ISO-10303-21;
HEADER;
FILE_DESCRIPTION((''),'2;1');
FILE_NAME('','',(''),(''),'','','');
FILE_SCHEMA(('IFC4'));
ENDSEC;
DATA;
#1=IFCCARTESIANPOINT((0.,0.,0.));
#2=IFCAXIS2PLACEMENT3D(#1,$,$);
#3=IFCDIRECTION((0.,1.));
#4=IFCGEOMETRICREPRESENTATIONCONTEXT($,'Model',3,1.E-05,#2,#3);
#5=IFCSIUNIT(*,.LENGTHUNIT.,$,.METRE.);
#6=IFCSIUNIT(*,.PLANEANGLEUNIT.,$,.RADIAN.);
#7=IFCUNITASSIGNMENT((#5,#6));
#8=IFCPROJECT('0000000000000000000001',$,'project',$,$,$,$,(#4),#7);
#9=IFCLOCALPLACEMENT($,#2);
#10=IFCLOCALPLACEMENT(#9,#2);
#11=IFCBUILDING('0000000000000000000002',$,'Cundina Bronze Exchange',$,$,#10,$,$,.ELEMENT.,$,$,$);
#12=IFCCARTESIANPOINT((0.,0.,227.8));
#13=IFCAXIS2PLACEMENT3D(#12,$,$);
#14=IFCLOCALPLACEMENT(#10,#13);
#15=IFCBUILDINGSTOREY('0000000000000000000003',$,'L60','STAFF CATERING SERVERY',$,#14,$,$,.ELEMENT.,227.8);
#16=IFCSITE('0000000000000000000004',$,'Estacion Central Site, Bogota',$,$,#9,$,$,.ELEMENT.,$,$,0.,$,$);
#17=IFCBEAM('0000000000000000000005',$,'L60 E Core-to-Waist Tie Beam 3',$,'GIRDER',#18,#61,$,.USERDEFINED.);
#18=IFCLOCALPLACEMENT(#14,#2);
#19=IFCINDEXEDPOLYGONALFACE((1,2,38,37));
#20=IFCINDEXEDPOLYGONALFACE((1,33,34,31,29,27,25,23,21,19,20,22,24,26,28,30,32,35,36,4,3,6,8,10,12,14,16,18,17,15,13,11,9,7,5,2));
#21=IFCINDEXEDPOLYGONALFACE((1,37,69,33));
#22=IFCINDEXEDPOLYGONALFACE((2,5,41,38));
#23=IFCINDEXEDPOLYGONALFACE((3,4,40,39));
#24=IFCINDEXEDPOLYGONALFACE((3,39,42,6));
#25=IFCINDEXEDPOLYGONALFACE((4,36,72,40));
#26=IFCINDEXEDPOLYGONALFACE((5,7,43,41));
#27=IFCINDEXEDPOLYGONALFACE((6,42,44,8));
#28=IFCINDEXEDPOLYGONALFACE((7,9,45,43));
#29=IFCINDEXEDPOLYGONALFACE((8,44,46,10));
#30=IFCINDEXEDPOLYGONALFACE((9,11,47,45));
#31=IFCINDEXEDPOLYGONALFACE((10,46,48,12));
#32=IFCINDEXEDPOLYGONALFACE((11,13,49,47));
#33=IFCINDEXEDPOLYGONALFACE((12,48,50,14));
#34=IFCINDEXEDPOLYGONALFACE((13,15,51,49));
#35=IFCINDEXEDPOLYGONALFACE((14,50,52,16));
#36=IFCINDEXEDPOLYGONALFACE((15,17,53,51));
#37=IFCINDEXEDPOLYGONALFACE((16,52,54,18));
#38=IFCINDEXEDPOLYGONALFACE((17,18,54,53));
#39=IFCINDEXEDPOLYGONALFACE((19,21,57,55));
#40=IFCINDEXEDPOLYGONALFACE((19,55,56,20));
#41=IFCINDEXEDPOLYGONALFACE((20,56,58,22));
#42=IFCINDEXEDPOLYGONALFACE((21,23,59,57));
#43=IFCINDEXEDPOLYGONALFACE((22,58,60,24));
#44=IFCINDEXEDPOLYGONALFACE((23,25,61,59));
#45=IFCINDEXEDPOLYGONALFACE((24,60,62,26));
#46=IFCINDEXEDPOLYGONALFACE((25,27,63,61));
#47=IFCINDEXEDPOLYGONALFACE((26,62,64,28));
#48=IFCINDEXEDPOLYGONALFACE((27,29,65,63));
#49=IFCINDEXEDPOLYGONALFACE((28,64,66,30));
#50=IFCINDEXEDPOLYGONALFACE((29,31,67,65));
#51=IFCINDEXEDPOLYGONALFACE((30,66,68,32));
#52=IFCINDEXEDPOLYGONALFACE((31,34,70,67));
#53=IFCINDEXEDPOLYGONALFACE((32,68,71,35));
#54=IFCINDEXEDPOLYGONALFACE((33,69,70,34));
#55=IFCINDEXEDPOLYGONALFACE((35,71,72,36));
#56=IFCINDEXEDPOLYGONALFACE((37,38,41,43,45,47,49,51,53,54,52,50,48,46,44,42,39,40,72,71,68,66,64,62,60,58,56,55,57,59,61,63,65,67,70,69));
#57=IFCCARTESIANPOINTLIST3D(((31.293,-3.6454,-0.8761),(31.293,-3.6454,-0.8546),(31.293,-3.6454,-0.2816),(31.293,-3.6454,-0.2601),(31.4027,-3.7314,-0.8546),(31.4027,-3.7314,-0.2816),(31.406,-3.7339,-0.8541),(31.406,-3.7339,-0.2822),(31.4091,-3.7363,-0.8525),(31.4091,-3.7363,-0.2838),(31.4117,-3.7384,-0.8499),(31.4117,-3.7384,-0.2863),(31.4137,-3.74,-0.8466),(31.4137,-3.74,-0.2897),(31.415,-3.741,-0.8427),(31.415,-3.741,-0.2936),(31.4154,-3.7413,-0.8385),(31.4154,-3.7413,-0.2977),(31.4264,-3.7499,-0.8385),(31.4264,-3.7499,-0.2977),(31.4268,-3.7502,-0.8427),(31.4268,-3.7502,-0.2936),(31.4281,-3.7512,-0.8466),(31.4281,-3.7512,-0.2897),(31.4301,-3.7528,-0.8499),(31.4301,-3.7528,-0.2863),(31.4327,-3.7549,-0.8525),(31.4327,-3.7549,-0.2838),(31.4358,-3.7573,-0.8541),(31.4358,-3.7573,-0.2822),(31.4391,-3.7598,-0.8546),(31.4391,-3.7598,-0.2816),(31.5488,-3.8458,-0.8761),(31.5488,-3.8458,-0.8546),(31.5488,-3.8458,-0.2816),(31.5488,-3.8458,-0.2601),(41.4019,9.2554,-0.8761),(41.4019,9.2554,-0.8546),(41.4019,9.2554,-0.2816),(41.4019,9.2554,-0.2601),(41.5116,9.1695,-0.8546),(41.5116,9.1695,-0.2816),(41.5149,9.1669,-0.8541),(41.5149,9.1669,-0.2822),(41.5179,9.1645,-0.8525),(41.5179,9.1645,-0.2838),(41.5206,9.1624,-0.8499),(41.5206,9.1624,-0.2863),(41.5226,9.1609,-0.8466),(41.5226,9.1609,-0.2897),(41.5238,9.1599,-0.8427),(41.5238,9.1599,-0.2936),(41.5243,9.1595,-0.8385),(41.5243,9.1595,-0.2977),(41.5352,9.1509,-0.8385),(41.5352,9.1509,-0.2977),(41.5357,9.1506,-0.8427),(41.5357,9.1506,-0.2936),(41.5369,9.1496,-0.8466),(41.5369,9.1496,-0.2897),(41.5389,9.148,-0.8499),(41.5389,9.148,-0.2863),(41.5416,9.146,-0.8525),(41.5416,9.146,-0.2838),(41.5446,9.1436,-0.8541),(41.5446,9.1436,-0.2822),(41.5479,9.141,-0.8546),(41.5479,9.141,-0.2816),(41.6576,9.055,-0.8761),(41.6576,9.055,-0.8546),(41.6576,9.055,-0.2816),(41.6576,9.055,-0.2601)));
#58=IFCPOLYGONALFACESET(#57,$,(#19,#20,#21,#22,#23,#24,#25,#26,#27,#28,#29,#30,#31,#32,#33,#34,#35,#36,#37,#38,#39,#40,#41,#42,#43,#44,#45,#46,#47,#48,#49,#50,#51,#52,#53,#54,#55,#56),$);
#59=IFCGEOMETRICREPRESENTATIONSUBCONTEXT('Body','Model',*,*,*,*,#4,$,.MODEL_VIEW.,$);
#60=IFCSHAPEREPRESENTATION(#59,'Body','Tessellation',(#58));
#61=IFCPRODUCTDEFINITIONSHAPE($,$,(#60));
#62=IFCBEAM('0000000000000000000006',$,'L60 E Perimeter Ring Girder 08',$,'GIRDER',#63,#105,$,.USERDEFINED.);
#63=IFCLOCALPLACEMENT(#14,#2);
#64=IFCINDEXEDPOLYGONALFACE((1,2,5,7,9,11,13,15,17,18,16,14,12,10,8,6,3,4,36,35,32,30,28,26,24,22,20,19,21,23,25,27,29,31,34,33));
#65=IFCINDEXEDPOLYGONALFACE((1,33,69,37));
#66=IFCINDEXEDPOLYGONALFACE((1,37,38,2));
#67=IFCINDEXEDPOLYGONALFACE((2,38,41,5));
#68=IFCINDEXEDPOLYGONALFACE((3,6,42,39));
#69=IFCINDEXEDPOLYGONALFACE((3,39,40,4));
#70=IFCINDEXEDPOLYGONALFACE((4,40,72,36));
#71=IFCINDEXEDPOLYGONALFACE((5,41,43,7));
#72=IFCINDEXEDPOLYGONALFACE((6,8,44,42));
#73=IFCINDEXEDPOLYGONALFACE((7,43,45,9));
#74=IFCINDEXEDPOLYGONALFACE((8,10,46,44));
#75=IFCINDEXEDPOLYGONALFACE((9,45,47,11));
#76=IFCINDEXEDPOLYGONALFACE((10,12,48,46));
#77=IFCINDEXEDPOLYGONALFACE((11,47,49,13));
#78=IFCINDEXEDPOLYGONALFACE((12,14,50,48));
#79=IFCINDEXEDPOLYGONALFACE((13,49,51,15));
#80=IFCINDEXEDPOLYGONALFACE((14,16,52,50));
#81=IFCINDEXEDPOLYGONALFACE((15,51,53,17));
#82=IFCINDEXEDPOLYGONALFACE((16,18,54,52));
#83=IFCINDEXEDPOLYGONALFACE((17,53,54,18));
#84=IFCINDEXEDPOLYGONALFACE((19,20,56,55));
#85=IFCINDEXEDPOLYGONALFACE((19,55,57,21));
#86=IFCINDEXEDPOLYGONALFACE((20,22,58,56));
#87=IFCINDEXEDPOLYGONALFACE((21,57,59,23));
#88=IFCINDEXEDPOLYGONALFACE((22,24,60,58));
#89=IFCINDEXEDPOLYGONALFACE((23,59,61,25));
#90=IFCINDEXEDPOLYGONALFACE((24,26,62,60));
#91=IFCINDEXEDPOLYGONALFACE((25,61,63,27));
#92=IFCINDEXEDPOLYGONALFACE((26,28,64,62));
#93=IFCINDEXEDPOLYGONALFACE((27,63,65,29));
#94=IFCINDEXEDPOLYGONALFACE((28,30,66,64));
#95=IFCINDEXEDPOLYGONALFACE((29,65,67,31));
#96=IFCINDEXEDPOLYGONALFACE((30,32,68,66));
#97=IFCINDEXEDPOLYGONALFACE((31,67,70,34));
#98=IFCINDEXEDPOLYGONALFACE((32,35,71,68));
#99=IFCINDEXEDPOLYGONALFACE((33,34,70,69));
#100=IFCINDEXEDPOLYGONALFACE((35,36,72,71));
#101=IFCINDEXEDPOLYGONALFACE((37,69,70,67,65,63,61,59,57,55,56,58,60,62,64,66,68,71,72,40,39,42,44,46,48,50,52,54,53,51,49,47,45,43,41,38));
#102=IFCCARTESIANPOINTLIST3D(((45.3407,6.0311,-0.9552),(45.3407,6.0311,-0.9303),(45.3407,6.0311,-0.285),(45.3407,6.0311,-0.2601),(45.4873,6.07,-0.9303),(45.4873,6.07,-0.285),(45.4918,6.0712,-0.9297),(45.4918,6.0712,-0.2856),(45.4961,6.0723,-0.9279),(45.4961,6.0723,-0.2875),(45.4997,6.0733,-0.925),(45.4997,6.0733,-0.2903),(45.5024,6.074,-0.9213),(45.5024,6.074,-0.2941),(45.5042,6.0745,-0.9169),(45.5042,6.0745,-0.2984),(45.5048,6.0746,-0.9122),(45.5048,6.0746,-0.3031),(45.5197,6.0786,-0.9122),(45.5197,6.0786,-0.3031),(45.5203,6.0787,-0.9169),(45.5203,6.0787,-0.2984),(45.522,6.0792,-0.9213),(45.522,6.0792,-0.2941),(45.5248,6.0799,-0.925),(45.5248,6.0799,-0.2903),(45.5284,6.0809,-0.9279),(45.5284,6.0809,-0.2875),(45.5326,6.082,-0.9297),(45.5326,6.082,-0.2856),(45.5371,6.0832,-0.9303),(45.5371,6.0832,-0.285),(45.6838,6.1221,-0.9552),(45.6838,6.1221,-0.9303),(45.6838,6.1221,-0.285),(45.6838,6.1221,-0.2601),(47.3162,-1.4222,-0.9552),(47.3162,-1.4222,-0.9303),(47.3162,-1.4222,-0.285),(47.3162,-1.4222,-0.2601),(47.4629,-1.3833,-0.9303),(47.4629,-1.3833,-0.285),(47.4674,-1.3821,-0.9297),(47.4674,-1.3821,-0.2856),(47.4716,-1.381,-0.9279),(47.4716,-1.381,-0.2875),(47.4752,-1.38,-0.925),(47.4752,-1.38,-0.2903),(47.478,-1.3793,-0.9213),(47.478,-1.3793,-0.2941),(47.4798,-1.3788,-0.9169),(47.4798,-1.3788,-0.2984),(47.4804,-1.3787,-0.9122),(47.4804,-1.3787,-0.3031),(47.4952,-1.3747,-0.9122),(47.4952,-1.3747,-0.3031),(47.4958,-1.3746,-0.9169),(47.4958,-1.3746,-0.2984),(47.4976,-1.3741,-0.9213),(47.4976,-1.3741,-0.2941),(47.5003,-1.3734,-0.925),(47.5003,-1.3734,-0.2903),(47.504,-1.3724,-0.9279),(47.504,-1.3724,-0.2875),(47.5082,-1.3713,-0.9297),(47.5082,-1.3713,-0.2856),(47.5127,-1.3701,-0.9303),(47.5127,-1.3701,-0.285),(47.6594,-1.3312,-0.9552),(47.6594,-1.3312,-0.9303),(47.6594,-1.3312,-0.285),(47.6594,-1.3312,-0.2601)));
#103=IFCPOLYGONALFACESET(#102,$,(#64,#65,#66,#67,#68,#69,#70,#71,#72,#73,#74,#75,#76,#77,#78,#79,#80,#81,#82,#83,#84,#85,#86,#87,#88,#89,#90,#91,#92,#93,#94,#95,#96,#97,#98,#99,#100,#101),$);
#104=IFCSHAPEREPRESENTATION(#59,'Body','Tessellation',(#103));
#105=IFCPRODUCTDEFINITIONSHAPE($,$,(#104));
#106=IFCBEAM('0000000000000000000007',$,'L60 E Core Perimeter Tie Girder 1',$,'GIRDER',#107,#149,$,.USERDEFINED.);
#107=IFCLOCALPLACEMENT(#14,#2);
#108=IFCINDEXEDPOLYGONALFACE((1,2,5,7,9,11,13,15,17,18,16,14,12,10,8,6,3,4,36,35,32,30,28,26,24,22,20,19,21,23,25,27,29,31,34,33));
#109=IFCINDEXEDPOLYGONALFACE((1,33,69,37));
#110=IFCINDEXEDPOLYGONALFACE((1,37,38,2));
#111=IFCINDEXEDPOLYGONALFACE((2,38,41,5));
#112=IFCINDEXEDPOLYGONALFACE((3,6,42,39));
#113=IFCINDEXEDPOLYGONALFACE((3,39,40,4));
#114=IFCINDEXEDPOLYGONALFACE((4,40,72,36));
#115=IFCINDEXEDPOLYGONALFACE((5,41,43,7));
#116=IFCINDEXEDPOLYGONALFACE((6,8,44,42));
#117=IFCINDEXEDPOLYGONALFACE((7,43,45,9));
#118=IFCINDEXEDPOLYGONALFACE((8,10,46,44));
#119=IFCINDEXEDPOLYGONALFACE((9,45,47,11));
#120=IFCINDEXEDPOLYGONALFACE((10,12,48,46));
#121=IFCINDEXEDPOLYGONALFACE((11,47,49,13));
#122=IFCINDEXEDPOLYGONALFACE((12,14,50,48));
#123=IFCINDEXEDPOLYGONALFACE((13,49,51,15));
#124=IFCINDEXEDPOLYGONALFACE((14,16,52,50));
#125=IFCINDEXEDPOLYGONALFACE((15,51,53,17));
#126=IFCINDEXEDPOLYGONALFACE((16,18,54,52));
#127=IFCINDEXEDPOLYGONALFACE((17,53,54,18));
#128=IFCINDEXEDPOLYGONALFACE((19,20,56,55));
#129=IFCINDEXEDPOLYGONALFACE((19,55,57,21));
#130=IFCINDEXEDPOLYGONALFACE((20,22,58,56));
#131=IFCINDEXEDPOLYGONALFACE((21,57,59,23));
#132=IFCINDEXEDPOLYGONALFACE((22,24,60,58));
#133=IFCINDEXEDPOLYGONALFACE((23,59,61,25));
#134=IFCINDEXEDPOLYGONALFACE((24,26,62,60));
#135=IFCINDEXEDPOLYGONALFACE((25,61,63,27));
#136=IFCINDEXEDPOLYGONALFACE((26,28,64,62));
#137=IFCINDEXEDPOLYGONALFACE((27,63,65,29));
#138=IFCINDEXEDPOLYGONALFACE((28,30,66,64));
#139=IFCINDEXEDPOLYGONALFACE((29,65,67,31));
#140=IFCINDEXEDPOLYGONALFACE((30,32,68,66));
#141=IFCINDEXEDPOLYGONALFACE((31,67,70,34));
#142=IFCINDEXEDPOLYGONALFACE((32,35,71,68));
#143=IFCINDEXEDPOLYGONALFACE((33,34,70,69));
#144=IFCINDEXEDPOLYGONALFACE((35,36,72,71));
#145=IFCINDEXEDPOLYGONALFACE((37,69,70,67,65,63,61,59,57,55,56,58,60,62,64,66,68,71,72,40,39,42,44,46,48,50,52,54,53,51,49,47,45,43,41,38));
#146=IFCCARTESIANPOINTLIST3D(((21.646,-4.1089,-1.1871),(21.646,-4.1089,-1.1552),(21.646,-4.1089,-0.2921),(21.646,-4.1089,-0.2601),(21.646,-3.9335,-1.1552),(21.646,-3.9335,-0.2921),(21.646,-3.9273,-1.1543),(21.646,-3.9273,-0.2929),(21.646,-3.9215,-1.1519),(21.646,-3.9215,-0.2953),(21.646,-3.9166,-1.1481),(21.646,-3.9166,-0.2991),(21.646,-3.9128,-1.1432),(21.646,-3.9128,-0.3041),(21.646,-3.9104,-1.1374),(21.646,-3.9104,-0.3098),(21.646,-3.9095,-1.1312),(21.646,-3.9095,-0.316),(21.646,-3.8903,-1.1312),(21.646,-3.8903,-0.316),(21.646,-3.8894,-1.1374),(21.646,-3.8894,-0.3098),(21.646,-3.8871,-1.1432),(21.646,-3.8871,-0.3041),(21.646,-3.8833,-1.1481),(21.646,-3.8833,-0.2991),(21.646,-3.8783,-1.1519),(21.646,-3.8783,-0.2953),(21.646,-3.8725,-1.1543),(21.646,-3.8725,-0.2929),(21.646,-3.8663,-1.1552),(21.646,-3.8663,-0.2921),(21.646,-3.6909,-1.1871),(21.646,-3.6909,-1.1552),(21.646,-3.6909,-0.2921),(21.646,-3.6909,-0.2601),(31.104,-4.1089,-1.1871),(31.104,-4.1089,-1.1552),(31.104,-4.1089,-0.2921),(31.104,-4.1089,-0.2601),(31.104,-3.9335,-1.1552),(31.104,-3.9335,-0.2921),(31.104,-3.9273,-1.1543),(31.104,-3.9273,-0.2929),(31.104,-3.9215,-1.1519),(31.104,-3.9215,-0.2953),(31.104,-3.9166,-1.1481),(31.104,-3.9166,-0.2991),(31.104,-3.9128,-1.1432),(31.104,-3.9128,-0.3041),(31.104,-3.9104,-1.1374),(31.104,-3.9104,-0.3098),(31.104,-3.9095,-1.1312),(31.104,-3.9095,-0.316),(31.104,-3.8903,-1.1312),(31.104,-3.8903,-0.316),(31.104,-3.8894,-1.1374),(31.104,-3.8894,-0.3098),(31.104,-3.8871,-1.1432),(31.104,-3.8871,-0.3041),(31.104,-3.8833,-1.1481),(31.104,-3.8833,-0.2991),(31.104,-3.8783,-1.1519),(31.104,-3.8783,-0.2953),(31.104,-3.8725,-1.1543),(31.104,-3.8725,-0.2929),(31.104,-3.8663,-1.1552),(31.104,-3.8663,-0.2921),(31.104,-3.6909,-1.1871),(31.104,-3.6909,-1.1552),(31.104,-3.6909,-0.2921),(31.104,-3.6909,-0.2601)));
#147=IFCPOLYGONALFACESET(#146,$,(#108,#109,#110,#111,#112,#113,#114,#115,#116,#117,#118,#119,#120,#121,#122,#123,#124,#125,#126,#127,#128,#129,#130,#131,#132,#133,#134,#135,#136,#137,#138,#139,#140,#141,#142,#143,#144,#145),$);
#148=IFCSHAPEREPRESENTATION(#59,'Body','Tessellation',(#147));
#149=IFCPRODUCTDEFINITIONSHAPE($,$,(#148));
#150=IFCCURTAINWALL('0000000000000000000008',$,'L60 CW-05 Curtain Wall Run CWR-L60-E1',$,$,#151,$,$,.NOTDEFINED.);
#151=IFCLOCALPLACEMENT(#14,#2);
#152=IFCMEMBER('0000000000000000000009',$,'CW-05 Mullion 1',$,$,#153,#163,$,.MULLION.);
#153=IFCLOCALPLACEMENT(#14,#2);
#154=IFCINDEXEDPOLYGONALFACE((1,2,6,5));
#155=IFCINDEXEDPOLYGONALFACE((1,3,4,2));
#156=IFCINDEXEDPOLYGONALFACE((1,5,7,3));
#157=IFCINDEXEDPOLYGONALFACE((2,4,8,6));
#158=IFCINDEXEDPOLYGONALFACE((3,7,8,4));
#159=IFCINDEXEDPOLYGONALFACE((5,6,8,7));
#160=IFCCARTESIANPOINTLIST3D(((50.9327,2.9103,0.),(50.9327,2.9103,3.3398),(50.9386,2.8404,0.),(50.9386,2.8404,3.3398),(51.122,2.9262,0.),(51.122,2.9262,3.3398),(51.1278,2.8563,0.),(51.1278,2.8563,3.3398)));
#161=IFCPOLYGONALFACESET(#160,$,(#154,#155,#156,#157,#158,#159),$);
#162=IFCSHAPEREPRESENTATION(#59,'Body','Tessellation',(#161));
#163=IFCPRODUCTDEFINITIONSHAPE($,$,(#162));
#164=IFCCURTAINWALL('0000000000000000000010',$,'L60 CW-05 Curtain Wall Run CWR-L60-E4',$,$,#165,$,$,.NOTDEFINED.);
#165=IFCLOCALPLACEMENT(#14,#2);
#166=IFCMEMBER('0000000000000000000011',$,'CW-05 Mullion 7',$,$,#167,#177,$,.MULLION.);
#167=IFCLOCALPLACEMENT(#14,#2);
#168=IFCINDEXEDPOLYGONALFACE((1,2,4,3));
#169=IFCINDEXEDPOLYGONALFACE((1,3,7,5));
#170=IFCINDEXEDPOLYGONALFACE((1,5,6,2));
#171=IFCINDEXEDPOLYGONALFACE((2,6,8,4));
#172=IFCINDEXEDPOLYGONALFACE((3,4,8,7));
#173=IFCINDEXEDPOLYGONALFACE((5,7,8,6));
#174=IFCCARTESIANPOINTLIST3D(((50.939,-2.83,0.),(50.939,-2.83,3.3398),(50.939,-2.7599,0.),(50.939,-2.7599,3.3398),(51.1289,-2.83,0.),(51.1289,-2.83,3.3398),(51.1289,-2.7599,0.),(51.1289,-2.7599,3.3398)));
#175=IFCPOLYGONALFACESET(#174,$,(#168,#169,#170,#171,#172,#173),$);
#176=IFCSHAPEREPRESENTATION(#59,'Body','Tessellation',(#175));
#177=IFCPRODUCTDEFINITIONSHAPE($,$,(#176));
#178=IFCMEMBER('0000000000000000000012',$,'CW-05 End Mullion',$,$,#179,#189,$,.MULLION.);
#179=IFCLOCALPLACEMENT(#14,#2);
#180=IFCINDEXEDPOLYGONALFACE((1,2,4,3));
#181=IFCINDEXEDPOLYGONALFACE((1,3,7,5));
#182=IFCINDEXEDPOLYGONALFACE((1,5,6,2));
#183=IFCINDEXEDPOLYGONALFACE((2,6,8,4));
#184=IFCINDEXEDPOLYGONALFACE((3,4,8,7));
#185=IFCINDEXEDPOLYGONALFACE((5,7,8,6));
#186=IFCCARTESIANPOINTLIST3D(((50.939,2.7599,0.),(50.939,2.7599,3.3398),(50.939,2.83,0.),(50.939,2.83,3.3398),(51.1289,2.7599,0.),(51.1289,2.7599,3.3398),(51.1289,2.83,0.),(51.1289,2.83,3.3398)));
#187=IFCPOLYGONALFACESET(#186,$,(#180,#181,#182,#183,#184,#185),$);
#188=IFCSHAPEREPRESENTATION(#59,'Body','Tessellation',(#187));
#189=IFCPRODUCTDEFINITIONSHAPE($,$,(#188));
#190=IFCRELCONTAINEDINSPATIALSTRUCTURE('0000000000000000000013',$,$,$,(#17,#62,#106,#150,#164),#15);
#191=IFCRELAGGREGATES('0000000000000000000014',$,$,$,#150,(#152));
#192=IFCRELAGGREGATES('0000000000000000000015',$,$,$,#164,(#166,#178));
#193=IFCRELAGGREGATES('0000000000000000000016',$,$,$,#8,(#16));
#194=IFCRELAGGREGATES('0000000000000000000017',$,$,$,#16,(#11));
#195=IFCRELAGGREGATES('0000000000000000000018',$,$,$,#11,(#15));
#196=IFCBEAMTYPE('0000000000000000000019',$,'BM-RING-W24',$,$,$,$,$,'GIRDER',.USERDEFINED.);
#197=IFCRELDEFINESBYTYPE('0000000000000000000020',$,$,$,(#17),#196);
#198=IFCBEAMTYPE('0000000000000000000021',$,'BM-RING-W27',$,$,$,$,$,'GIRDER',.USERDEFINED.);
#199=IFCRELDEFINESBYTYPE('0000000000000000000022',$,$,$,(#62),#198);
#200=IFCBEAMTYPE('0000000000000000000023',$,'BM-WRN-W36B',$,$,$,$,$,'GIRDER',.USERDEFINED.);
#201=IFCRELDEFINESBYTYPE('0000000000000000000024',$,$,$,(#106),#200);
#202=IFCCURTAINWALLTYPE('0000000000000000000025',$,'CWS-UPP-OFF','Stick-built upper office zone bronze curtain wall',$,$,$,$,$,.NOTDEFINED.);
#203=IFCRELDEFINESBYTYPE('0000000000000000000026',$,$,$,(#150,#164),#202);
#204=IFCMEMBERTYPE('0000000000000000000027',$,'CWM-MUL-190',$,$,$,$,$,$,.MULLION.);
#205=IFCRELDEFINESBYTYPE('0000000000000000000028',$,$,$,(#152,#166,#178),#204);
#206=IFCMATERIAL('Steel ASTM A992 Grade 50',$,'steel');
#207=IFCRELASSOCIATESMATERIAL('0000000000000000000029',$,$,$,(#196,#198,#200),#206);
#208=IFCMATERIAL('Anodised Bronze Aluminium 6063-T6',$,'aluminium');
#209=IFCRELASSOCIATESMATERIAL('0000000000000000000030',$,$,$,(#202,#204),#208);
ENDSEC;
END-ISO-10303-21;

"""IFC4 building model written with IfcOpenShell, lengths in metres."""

from ifc_helpers import new_model, si_unit, direction, frame, origin, origin_2d, place, context, subcontext, project, spatial, rectangle, i_section, extrude, material, material_profile, profile_set, type_object, element, aggregate, save


model = new_model("IFC4")

# Units and contexts
model_context = context("Model", 3, precision=1e-05, world=origin(), true_north=direction((0.0, 1.0)))
body_context = subcontext(model_context, "Body", "Model", "MODEL_VIEW")
ifc_project = project(units=[si_unit("LENGTHUNIT", "METRE"), si_unit("PLANEANGLEUNIT", "RADIAN")], contexts=[model_context])

# Site, building, storey
site_placement = place(None, origin())
site = spatial("IfcSite", under=ifc_project, at=site_placement, Name="Estacion Central Site, Bogota", CompositionType="ELEMENT", RefElevation=0.0)
building_placement = place(site_placement, origin())
building = spatial("IfcBuilding", under=site, at=building_placement, Name="Cundina Bronze Exchange", CompositionType="ELEMENT")
storey_placement = place(building_placement, frame((0.0, 0.0, 227.8)))
storey = spatial("IfcBuildingStorey", under=building, at=storey_placement, Name="L60", Description="STAFF CATERING SERVERY", CompositionType="ELEMENT", Elevation=227.8)

# Shared definitions
ifc_material_1 = material(Name="Steel ASTM A992 Grade 50", Category="steel")

# Beams
ifc_material_profile_1 = material_profile(ifc_material_1, i_section(OverallWidth=0.325, OverallDepth=0.616, WebThickness=0.0139, FlangeThickness=0.0215, FilletRadius=0.0161, at=origin_2d()), Name="W24X117", Category="steel")
ifc_profile_set_1 = profile_set([ifc_material_profile_1], Name="Steel ASTM A992 Grade 50")
beam_type_1 = type_object("IfcBeamType", Name="BM-RING-W24", ElementType="GIRDER", PredefinedType="USERDEFINED", material=ifc_profile_set_1)
beam_1_placement = place(storey_placement, frame((31.4209, -3.7456, -0.5681), z_axis=(0.616783, 0.787133, 0.0), x_axis=(-0.787133, 0.616783, 0.0)))
element("IfcBeam", 1, at=beam_1_placement, inside=storey, type_object=beam_type_1, Name="L60 E Core-to-Waist Tie Beam 3", ObjectType="GIRDER", PredefinedType="USERDEFINED", context=body_context, shape_type="SweptSolid", body=[
    extrude(i_section(OverallWidth=0.325, OverallDepth=0.616, WebThickness=0.0139, FlangeThickness=0.0215, FilletRadius=0.0161, at=origin_2d()), origin(), (0.0, 0.0, 1.0), 16.3896),
])
ifc_material_profile_2 = material_profile(ifc_material_1, i_section(OverallWidth=0.355, OverallDepth=0.6951, WebThickness=0.0154, FlangeThickness=0.0249, FilletRadius=0.0181, at=origin_2d()), Name="W27X146", Category="steel")
ifc_profile_set_2 = profile_set([ifc_material_profile_2], Name="Steel ASTM A992 Grade 50")
beam_type_2 = type_object("IfcBeamType", Name="BM-RING-W27", ElementType="GIRDER", PredefinedType="USERDEFINED", material=ifc_profile_set_2)
beam_2_placement = place(storey_placement, frame((47.4878, -1.3767, -0.6077), z_axis=(-0.256212, 0.966621, 0.0), x_axis=(-0.966621, -0.256212, 0.0)))
element("IfcBeam", 2, at=beam_2_placement, inside=storey, type_object=beam_type_2, Name="L60 E Perimeter Ring Girder 08", ObjectType="GIRDER", PredefinedType="USERDEFINED", context=body_context, shape_type="SweptSolid", body=[
    extrude(i_section(OverallWidth=0.355, OverallDepth=0.6951, WebThickness=0.0154, FlangeThickness=0.0249, FilletRadius=0.0181, at=origin_2d()), origin(), (0.0, 0.0, 1.0), 7.7107),
])
ifc_material_profile_3 = material_profile(ifc_material_1, i_section(OverallWidth=0.418, OverallDepth=0.927, WebThickness=0.0193, FlangeThickness=0.032, FilletRadius=0.0239, at=origin_2d()), Name="W36X231", Category="steel")
ifc_profile_set_3 = profile_set([ifc_material_profile_3], Name="Steel ASTM A992 Grade 50")
beam_type_3 = type_object("IfcBeamType", Name="BM-WRN-W36B", ElementType="GIRDER", PredefinedType="USERDEFINED", material=ifc_profile_set_3)
beam_3_placement = place(storey_placement, frame((31.104, -3.8999, -0.7236), z_axis=(-1.0, 0.0, 0.0), x_axis=(0.0, -1.0, 0.0)))
element("IfcBeam", 3, at=beam_3_placement, inside=storey, type_object=beam_type_3, Name="L60 E Core Perimeter Tie Girder 1", ObjectType="GIRDER", PredefinedType="USERDEFINED", context=body_context, shape_type="SweptSolid", body=[
    extrude(i_section(OverallWidth=0.418, OverallDepth=0.927, WebThickness=0.0193, FlangeThickness=0.032, FilletRadius=0.0239, at=origin_2d()), origin(), (0.0, 0.0, 1.0), 9.458),
])

# Curtain wall, member
ifc_material_2 = material(Name="Anodised Bronze Aluminium 6063-T6", Category="aluminium")
curtain_wall_type = type_object("IfcCurtainWallType", Name="CWS-UPP-OFF", Description="Stick-built upper office zone bronze curtain wall", PredefinedType="NOTDEFINED", material=ifc_material_2)
curtain_wall_1_placement = place(storey_placement, origin())
curtain_wall_1 = element("IfcCurtainWall", 4, at=curtain_wall_1_placement, inside=storey, type_object=curtain_wall_type, Name="L60 CW-05 Curtain Wall Run CWR-L60-E1", PredefinedType="NOTDEFINED")
ifc_material_profile_4 = material_profile(ifc_material_2, rectangle(XDim=0.0701, YDim=0.1899, at=origin_2d()), Name="AL70X190", Category="aluminium")
ifc_profile_set_4 = profile_set([ifc_material_profile_4], Name="Anodised Bronze Aluminium 6063-T6")
member_type_1 = type_object("IfcMemberType", Name="CWM-MUL-190", PredefinedType="MULLION", material=ifc_profile_set_4)
member_1_placement = place(storey_placement, frame((51.0303, 2.8833, 0.0), z_axis=(0.0, 0.0, 1.0), x_axis=(-0.083678, 0.996493, 0.0)))
member_1 = element("IfcMember", 5, at=member_1_placement, type_object=member_type_1, Name="CW-05 Mullion 1", PredefinedType="MULLION", context=body_context, shape_type="SweptSolid", body=[
    extrude(rectangle(XDim=0.0701, YDim=0.1899, at=origin_2d()), origin(), (0.0, 0.0, 1.0), 3.3398),
])

# Curtain wall, members
curtain_wall_2_placement = place(storey_placement, origin())
curtain_wall_2 = element("IfcCurtainWall", 6, at=curtain_wall_2_placement, inside=storey, type_object=curtain_wall_type, Name="L60 CW-05 Curtain Wall Run CWR-L60-E4", PredefinedType="NOTDEFINED")
member_2_placement = place(storey_placement, frame((51.0339, -2.7949, 0.0), z_axis=(0.0, 0.0, 1.0), x_axis=(0.0, 1.0, 0.0)))
member_2 = element("IfcMember", 7, at=member_2_placement, type_object=member_type_1, Name="CW-05 Mullion 7", PredefinedType="MULLION", context=body_context, shape_type="SweptSolid", body=[
    extrude(rectangle(XDim=0.0701, YDim=0.1899, at=origin_2d()), origin(), (0.0, 0.0, 1.0), 3.3398),
])
member_3_placement = place(storey_placement, frame((51.0339, 2.7949, 0.0), z_axis=(0.0, 0.0, 1.0), x_axis=(0.0, 1.0, 0.0)))
member_3 = element("IfcMember", 8, at=member_3_placement, type_object=member_type_1, Name="CW-05 End Mullion", PredefinedType="MULLION", context=body_context, shape_type="SweptSolid", body=[
    extrude(rectangle(XDim=0.0701, YDim=0.1899, at=origin_2d()), origin(), (0.0, 0.0, 1.0), 3.3398),
])

aggregate(curtain_wall_1, [member_1])
aggregate(curtain_wall_2, [member_2, member_3])

save(model, "model.ifc")
